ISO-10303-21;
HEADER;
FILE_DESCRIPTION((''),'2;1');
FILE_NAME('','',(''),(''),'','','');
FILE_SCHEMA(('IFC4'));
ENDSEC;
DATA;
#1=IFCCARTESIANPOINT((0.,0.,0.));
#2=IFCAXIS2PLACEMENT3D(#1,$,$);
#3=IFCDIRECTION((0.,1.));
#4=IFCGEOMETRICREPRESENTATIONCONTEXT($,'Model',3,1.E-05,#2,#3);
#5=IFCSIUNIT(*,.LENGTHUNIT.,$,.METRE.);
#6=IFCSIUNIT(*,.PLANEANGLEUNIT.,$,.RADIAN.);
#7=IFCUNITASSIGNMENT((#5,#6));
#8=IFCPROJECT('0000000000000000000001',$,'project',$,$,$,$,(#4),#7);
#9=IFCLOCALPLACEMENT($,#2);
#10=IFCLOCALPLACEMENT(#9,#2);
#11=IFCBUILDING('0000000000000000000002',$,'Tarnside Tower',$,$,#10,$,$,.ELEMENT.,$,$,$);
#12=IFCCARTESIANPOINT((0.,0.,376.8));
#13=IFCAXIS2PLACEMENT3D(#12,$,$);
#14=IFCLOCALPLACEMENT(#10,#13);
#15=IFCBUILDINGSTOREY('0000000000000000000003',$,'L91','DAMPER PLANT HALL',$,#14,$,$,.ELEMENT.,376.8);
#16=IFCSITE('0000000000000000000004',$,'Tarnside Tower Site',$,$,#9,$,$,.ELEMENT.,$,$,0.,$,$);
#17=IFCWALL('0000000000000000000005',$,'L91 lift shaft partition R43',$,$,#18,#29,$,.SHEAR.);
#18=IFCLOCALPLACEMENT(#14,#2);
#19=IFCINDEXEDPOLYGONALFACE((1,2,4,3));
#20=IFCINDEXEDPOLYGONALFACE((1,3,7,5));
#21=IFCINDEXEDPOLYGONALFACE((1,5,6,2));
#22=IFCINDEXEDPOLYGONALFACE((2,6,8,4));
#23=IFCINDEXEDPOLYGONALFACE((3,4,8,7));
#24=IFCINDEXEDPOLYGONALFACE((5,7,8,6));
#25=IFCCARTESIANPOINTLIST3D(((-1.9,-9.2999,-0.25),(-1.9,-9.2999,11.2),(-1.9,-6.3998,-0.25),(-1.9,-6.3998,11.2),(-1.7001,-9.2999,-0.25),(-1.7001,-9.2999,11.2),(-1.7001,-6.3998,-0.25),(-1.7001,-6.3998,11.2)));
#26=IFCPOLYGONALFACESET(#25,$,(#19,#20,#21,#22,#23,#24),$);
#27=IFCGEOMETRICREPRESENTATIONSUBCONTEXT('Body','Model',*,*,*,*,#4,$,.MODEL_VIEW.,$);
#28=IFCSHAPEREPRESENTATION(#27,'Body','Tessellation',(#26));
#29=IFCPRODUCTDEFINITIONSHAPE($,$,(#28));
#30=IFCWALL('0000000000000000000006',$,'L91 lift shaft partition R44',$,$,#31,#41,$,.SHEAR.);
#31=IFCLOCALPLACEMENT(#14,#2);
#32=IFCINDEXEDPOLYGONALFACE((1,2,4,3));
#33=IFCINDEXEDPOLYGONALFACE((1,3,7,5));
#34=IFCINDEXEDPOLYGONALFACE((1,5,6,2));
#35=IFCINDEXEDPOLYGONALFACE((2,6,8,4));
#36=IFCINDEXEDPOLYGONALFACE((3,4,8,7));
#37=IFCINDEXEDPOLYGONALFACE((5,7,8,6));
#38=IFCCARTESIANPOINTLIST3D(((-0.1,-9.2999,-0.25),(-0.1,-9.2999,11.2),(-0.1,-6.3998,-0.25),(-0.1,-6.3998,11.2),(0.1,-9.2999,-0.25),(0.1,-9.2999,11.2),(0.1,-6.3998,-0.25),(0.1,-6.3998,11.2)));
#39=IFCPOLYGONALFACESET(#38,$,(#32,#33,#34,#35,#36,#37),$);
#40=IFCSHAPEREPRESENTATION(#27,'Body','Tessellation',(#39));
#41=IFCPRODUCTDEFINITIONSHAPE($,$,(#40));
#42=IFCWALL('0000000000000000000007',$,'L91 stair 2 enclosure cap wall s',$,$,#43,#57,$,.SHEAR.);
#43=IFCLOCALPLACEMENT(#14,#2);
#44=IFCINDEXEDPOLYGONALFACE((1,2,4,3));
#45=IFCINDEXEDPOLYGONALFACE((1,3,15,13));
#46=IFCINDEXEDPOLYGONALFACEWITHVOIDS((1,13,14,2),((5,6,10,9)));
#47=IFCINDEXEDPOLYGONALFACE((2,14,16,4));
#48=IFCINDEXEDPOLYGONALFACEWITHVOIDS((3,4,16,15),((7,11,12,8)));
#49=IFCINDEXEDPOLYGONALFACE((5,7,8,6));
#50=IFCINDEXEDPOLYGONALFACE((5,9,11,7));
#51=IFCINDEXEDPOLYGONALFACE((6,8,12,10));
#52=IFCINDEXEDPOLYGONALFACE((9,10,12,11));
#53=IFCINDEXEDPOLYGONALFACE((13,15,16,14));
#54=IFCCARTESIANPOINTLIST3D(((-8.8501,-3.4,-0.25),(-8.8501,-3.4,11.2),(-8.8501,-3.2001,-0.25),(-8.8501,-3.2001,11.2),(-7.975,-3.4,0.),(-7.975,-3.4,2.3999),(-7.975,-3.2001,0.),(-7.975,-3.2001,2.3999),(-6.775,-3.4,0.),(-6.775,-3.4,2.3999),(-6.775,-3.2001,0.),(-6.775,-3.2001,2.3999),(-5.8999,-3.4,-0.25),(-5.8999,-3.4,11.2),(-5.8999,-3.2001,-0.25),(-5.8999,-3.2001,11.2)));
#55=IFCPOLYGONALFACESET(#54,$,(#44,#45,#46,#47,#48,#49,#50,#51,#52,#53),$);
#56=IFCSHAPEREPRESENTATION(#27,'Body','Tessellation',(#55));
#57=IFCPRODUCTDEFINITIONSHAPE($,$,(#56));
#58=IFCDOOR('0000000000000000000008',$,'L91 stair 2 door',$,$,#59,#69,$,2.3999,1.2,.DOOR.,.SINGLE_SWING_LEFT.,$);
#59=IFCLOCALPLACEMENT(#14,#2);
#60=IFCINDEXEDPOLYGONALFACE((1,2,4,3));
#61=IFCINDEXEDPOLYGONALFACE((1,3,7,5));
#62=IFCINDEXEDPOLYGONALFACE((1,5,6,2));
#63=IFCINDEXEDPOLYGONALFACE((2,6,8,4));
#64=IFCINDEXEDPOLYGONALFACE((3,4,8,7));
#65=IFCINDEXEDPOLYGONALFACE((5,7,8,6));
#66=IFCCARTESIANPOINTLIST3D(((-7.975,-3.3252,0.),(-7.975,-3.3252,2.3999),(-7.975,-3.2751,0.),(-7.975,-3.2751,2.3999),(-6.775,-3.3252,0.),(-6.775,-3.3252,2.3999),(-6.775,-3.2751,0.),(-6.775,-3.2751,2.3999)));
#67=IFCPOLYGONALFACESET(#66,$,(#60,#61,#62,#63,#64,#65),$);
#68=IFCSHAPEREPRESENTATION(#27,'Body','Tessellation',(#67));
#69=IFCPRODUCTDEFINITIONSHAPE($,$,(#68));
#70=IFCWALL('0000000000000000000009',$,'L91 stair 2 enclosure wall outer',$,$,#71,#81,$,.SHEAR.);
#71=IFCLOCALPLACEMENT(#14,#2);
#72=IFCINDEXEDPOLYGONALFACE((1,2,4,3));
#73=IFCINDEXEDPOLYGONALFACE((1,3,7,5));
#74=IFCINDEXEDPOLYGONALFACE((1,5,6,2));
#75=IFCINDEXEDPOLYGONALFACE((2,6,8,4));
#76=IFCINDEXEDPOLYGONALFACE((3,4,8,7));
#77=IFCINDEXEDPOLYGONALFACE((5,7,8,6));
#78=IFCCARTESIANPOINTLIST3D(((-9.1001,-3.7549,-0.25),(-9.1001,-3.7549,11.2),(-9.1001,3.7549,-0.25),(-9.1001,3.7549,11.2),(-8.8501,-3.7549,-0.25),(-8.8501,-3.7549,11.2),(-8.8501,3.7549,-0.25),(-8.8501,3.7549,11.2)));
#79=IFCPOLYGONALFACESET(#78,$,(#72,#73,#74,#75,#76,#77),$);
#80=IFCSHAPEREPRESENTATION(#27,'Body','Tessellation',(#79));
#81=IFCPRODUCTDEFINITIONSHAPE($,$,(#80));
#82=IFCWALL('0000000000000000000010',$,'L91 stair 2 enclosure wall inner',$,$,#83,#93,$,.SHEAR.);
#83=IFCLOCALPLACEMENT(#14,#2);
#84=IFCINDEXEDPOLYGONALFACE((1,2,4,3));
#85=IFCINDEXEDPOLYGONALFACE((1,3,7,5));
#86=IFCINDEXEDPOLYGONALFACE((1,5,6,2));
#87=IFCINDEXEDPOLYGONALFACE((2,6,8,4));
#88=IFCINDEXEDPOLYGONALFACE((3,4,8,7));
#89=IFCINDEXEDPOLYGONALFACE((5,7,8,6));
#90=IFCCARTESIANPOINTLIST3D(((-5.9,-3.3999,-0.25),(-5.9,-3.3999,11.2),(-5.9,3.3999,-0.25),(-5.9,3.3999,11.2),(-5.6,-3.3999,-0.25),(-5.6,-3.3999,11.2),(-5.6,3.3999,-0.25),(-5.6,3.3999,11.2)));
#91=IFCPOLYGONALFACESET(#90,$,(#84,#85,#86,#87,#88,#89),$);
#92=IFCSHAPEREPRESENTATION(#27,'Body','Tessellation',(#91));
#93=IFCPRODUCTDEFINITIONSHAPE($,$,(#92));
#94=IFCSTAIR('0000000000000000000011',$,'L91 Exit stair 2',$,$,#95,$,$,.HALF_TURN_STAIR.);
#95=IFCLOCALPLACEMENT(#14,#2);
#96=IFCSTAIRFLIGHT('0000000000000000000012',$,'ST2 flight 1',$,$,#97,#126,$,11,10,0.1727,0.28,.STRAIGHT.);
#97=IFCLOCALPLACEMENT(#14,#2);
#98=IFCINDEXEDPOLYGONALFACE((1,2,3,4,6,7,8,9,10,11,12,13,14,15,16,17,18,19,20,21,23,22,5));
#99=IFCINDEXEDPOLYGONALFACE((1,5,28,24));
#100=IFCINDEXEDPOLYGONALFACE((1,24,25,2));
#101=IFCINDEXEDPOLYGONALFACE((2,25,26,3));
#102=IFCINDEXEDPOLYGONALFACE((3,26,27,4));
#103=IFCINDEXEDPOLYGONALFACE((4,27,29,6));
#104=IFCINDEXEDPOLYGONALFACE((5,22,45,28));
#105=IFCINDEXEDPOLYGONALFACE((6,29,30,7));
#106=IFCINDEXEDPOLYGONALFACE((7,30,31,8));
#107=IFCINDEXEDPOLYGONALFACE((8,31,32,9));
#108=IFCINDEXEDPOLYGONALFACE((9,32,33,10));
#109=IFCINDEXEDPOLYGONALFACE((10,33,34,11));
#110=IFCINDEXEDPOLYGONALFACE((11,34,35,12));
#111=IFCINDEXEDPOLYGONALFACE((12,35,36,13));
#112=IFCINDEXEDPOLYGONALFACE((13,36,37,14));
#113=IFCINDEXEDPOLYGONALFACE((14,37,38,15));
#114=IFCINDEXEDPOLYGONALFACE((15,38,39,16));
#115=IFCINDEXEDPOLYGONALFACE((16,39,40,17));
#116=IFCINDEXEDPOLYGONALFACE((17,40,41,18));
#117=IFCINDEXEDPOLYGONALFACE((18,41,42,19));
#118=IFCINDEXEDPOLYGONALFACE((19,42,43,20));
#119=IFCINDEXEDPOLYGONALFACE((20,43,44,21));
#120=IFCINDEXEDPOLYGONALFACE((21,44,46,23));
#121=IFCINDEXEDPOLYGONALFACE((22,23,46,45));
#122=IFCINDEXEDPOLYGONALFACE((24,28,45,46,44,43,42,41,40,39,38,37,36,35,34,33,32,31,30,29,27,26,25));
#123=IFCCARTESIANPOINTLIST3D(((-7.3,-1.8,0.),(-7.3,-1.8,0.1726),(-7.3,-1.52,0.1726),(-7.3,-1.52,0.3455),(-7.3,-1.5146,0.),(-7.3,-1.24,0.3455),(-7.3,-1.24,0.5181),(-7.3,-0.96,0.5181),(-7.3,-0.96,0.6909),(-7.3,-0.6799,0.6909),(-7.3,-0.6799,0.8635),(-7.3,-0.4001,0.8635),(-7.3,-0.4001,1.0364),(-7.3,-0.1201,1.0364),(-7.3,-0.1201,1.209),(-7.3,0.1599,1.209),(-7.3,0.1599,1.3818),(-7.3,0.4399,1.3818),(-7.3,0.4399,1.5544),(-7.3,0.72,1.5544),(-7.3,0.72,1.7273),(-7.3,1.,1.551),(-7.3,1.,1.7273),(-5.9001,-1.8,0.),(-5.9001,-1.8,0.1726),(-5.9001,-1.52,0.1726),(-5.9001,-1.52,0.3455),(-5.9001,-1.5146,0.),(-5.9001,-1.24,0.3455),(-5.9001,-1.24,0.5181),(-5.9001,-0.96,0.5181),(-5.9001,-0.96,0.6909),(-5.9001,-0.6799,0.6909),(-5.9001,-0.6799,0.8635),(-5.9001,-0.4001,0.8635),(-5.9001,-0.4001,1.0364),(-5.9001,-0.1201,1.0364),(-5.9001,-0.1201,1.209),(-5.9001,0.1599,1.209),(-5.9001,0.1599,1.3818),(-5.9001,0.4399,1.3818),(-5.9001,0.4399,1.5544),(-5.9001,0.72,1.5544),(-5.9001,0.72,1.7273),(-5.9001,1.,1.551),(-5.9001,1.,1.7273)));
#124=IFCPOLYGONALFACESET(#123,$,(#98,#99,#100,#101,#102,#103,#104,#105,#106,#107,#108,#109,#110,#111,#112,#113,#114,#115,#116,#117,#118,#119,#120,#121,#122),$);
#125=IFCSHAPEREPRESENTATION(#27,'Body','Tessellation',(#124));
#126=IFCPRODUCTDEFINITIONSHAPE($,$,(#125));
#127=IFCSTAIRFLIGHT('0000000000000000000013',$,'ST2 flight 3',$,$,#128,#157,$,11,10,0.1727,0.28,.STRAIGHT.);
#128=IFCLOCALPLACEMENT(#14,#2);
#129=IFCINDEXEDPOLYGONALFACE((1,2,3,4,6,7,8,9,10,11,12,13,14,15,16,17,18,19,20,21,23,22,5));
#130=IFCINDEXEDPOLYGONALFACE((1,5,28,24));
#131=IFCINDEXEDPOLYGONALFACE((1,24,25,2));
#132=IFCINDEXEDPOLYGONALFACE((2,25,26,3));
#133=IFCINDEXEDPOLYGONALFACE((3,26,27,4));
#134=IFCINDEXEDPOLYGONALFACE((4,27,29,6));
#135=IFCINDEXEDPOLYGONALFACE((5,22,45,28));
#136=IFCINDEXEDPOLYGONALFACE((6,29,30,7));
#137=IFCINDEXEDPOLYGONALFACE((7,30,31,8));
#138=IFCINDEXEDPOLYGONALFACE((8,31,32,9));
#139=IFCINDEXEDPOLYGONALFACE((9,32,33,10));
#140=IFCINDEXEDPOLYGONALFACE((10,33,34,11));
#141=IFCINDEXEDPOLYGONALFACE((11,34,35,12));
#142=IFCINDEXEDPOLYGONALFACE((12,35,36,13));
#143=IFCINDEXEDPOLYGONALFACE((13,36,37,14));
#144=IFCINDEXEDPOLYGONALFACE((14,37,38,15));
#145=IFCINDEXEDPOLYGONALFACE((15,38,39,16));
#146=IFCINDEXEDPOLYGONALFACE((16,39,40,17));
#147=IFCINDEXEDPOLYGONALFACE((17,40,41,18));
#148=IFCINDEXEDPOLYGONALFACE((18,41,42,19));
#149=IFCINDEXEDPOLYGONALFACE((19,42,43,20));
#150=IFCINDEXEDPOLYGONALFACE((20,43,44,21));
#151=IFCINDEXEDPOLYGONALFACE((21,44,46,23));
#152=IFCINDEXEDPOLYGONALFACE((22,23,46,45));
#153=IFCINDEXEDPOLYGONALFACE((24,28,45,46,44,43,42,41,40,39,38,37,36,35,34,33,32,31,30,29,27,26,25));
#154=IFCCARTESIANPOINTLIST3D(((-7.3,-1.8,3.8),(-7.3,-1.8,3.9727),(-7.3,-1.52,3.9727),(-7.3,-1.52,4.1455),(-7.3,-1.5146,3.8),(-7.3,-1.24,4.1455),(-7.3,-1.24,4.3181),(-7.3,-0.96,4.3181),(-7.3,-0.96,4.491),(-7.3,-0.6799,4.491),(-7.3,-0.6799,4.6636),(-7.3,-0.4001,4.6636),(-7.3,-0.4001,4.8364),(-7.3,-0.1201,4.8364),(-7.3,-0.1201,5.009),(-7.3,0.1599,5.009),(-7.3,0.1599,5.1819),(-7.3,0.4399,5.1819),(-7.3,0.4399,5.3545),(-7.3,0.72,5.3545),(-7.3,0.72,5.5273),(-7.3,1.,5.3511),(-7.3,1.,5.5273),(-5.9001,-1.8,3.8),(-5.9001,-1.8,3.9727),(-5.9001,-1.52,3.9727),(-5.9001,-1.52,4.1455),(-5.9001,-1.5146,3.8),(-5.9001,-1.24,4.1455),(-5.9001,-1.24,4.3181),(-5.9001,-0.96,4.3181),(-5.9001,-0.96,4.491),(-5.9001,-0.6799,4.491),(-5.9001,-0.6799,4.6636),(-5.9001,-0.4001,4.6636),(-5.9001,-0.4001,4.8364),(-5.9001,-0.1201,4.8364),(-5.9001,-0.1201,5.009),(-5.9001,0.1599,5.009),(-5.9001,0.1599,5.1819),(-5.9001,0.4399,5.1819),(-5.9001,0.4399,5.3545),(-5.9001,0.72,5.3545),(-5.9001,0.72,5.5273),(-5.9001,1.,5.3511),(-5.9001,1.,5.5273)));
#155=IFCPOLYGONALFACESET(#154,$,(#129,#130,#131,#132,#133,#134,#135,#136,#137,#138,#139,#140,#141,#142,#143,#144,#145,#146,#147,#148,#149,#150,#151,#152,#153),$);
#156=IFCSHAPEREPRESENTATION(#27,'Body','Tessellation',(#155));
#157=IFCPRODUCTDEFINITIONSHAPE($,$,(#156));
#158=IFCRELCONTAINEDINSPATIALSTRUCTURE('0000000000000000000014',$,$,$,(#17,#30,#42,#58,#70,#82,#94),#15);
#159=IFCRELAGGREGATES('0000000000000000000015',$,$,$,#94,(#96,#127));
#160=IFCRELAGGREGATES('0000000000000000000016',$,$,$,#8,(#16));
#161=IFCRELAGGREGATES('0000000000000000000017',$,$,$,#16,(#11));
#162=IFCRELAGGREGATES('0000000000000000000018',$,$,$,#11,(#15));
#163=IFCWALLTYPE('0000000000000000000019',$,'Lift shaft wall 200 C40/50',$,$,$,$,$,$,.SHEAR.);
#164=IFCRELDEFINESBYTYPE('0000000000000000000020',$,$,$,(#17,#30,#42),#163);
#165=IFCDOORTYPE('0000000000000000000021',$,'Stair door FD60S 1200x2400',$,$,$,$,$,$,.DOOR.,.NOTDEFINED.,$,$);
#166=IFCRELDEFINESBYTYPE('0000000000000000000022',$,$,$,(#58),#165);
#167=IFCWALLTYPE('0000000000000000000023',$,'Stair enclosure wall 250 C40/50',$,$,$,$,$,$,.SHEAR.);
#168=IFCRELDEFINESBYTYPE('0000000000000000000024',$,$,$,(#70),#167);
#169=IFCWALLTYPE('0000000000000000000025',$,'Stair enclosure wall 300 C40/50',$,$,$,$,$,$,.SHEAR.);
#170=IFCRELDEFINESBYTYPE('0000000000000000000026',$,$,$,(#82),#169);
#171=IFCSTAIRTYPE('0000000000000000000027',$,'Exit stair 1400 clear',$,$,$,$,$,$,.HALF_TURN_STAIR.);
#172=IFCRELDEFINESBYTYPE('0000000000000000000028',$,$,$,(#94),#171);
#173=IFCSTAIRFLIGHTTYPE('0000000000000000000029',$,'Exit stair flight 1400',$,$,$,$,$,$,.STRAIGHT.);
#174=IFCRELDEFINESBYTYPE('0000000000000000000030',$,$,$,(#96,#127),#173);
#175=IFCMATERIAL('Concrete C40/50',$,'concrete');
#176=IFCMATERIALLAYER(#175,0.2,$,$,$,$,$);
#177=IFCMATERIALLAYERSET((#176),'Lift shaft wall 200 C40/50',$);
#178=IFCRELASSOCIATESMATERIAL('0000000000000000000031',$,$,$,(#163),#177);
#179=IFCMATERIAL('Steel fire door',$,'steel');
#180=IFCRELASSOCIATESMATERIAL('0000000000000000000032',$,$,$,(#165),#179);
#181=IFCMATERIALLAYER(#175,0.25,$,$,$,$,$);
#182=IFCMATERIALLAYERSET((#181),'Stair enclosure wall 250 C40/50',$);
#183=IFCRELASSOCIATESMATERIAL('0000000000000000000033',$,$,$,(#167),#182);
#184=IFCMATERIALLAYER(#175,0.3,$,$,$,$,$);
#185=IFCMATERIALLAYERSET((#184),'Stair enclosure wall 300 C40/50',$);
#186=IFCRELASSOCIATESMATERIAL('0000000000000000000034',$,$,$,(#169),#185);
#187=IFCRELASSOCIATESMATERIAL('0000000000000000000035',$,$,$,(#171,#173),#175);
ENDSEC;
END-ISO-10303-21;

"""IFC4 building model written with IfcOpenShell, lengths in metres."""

from ifc_helpers import new_model, si_unit, direction, frame, frame_2d, origin, place, context, subcontext, project, spatial, polyline, rectangle, outline, extrude, material, layer, layer_set, type_object, element, fill, aggregate, save


model = new_model("IFC4")

# Units and contexts
model_context = context("Model", 3, precision=1e-05, world=origin(), true_north=direction((0.0, 1.0)))
body_context = subcontext(model_context, "Body", "Model", "MODEL_VIEW")
ifc_project = project(units=[si_unit("LENGTHUNIT", "METRE"), si_unit("PLANEANGLEUNIT", "RADIAN")], contexts=[model_context])

# Site, building, storey
site_placement = place(None, origin())
site = spatial("IfcSite", under=ifc_project, at=site_placement, Name="Tarnside Tower Site", CompositionType="ELEMENT", RefElevation=0.0)
building_placement = place(site_placement, origin())
building = spatial("IfcBuilding", under=site, at=building_placement, Name="Tarnside Tower", CompositionType="ELEMENT")
storey_placement = place(building_placement, frame((0.0, 0.0, 376.8)))
storey = spatial("IfcBuildingStorey", under=building, at=storey_placement, Name="L91", Description="DAMPER PLANT HALL", CompositionType="ELEMENT", Elevation=376.8)

# Shared definitions
ifc_material_1 = material(Name="Concrete C40/50", Category="concrete")

# Shared definitions
ifc_layer_1 = layer(ifc_material_1, 0.2)
ifc_layer_set_1 = layer_set([ifc_layer_1], Name="Lift shaft wall 200 C40/50")
wall_type_1 = type_object("IfcWallType", Name="Lift shaft wall 200 C40/50", PredefinedType="SHEAR", material=ifc_layer_set_1)

# Walls
for number, where, z_axis, x_axis, name in (
    (1, (-1.8, -9.3, -0.25), (0.0, 0.0, 1.0), (0.0, 1.0, 0.0), "L91 lift shaft partition R43"),
    (2, (0.0, -9.3, -0.25), (0.0, 0.0, 1.0), (0.0, 1.0, 0.0), "L91 lift shaft partition R44"),
):
    element("IfcWall", number, at=place(storey_placement, frame(where, z_axis=z_axis, x_axis=x_axis)), inside=storey, type_object=wall_type_1, Name=name, PredefinedType="SHEAR", context=body_context, shape_type="SweptSolid", body=[
        extrude(rectangle(XDim=2.9001, YDim=0.2, at=frame_2d((1.4502, 0.0))), origin(), (0.0, 0.0, 1.0), 11.45),
    ])

# Wall, opening, door
wall_1_placement = place(storey_placement, frame((-8.8501, -3.3, -0.25), z_axis=(0.0, 0.0, 1.0), x_axis=(1.0, 0.0, 0.0)))
wall_1 = element("IfcWall", 3, at=wall_1_placement, inside=storey, type_object=wall_type_1, Name="L91 stair 2 enclosure cap wall s", PredefinedType="SHEAR", context=body_context, shape_type="SweptSolid", body=[
    extrude(rectangle(XDim=2.9502, YDim=0.2, at=frame_2d((1.4751, 0.0))), origin(), (0.0, 0.0, 1.0), 11.45),
])
opening_1_placement = place(wall_1_placement, frame((0.875, 0.0, 0.25)))
opening_1 = element("IfcOpeningElement", 4, at=opening_1_placement, cuts=wall_1, PredefinedType="OPENING", context=body_context, shape_type="SweptSolid", body=[
    extrude(rectangle(XDim=1.2, YDim=2.3999, at=frame_2d((0.6001, 1.2))), frame((0.0, 0.1099, 0.0), z_axis=(0.0, -1.0, 0.0), x_axis=(1.0, 0.0, 0.0)), (0.0, 0.0, 1.0), 0.22),
])
ifc_material_2 = material(Name="Steel fire door", Category="steel")
door_type_1 = type_object("IfcDoorType", Name="Stair door FD60S 1200x2400", OperationType="NOTDEFINED", PredefinedType="DOOR", material=ifc_material_2)
door_1_placement = place(opening_1_placement, origin())
door_1 = element("IfcDoor", 5, at=door_1_placement, inside=storey, type_object=door_type_1, Name="L91 stair 2 door", OperationType="SINGLE_SWING_LEFT", OverallHeight=2.3999, OverallWidth=1.2, PredefinedType="DOOR", context=body_context, shape_type="SweptSolid", body=[
    extrude(rectangle(XDim=1.2, YDim=2.3999, at=frame_2d((0.6001, 1.2))), frame((0.0, 0.0249, 0.0), z_axis=(0.0, -1.0, 0.0), x_axis=(1.0, 0.0, 0.0)), (0.0, 0.0, 1.0), 0.05),
])
fill(opening_1, door_1)

# Walls
ifc_layer_2 = layer(ifc_material_1, 0.25)
ifc_layer_set_2 = layer_set([ifc_layer_2], Name="Stair enclosure wall 250 C40/50")
wall_type_2 = type_object("IfcWallType", Name="Stair enclosure wall 250 C40/50", PredefinedType="SHEAR", material=ifc_layer_set_2)
wall_2_placement = place(storey_placement, frame((-8.9751, -3.7549, -0.25), z_axis=(0.0, 0.0, 1.0), x_axis=(0.0, 1.0, 0.0)))
element("IfcWall", 6, at=wall_2_placement, inside=storey, type_object=wall_type_2, Name="L91 stair 2 enclosure wall outer", PredefinedType="SHEAR", context=body_context, shape_type="SweptSolid", body=[
    extrude(rectangle(XDim=7.5098, YDim=0.25, at=frame_2d((3.7549, 0.0))), origin(), (0.0, 0.0, 1.0), 11.45),
])
ifc_layer_3 = layer(ifc_material_1, 0.3)
ifc_layer_set_3 = layer_set([ifc_layer_3], Name="Stair enclosure wall 300 C40/50")
wall_type_3 = type_object("IfcWallType", Name="Stair enclosure wall 300 C40/50", PredefinedType="SHEAR", material=ifc_layer_set_3)
wall_3_placement = place(storey_placement, frame((-5.75, -3.3999, -0.25), z_axis=(0.0, 0.0, 1.0), x_axis=(0.0, 1.0, 0.0)))
element("IfcWall", 7, at=wall_3_placement, inside=storey, type_object=wall_type_3, Name="L91 stair 2 enclosure wall inner", PredefinedType="SHEAR", context=body_context, shape_type="SweptSolid", body=[
    extrude(rectangle(XDim=6.7998, YDim=0.3, at=frame_2d((3.3999, 0.0))), origin(), (0.0, 0.0, 1.0), 11.45),
])

# Stair, stair flights
stair_type = type_object("IfcStairType", Name="Exit stair 1400 clear", PredefinedType="HALF_TURN_STAIR", material=ifc_material_1)
stair_placement = place(storey_placement, origin())
stair = element("IfcStair", 8, at=stair_placement, inside=storey, type_object=stair_type, Name="L91 Exit stair 2", PredefinedType="HALF_TURN_STAIR")
stair_flight_type = type_object("IfcStairFlightType", Name="Exit stair flight 1400", PredefinedType="STRAIGHT", material=ifc_material_1)
stair_flight_1_placement = place(storey_placement, frame((-6.6001, -1.8, 0.0), z_axis=(0.0, 0.0, 1.0), x_axis=(0.0, 1.0, 0.0)))
stair_flight_1 = element("IfcStairFlight", 9, at=stair_flight_1_placement, type_object=stair_flight_type, Name="ST2 flight 1", NumberOfRisers=11, NumberOfTreads=10, PredefinedType="STRAIGHT", RiserHeight=0.1727, TreadLength=0.28, context=body_context, shape_type="SweptSolid", body=[
    extrude(outline(polyline([(0.0, 0.0), (0.0, 0.1726), (0.28, 0.1726), (0.28, 0.3455), (0.5601, 0.3455), (0.5601, 0.5181), (0.8401, 0.5181), (0.8401, 0.6909), (1.1201, 0.6909), (1.1201, 0.8635), (1.3999, 0.8635), (1.3999, 1.0364), (1.6799, 1.0364), (1.6799, 1.209), (1.96, 1.209), (1.96, 1.3818), (2.24, 1.3818), (2.24, 1.5544), (2.52, 1.5544), (2.52, 1.7273), (2.8, 1.7273), (2.8, 1.8999), (2.8, 1.551), (0.2854, 0.0), (0.0, 0.0)])), frame((0.0, 0.7, 0.0), z_axis=(0.0, -1.0, 0.0), x_axis=(1.0, 0.0, 0.0)), (0.0, 0.0, 1.0), 1.3999),
])
stair_flight_2_placement = place(storey_placement, frame((-6.6001, -1.8, 3.8), z_axis=(0.0, 0.0, 1.0), x_axis=(0.0, 1.0, 0.0)))
stair_flight_2 = element("IfcStairFlight", 10, at=stair_flight_2_placement, type_object=stair_flight_type, Name="ST2 flight 3", NumberOfRisers=11, NumberOfTreads=10, PredefinedType="STRAIGHT", RiserHeight=0.1727, TreadLength=0.28, context=body_context, shape_type="SweptSolid", body=[
    extrude(outline(polyline([(0.0, 0.0), (0.0, 0.1726), (0.28, 0.1726), (0.28, 0.3455), (0.5601, 0.3455), (0.5601, 0.5181), (0.8401, 0.5181), (0.8401, 0.6909), (1.1201, 0.6909), (1.1201, 0.8635), (1.3999, 0.8635), (1.3999, 1.0364), (1.6799, 1.0364), (1.6799, 1.209), (1.96, 1.209), (1.96, 1.3818), (2.24, 1.3818), (2.24, 1.5544), (2.52, 1.5544), (2.52, 1.7273), (2.8, 1.7273), (2.8, 1.8999), (2.8, 1.551), (0.2854, 0.0), (0.0, 0.0)])), frame((0.0, 0.7, 0.0), z_axis=(0.0, -1.0, 0.0), x_axis=(1.0, 0.0, 0.0)), (0.0, 0.0, 1.0), 1.3999),
])
aggregate(stair, [stair_flight_1, stair_flight_2])

save(model, "model.ifc")
